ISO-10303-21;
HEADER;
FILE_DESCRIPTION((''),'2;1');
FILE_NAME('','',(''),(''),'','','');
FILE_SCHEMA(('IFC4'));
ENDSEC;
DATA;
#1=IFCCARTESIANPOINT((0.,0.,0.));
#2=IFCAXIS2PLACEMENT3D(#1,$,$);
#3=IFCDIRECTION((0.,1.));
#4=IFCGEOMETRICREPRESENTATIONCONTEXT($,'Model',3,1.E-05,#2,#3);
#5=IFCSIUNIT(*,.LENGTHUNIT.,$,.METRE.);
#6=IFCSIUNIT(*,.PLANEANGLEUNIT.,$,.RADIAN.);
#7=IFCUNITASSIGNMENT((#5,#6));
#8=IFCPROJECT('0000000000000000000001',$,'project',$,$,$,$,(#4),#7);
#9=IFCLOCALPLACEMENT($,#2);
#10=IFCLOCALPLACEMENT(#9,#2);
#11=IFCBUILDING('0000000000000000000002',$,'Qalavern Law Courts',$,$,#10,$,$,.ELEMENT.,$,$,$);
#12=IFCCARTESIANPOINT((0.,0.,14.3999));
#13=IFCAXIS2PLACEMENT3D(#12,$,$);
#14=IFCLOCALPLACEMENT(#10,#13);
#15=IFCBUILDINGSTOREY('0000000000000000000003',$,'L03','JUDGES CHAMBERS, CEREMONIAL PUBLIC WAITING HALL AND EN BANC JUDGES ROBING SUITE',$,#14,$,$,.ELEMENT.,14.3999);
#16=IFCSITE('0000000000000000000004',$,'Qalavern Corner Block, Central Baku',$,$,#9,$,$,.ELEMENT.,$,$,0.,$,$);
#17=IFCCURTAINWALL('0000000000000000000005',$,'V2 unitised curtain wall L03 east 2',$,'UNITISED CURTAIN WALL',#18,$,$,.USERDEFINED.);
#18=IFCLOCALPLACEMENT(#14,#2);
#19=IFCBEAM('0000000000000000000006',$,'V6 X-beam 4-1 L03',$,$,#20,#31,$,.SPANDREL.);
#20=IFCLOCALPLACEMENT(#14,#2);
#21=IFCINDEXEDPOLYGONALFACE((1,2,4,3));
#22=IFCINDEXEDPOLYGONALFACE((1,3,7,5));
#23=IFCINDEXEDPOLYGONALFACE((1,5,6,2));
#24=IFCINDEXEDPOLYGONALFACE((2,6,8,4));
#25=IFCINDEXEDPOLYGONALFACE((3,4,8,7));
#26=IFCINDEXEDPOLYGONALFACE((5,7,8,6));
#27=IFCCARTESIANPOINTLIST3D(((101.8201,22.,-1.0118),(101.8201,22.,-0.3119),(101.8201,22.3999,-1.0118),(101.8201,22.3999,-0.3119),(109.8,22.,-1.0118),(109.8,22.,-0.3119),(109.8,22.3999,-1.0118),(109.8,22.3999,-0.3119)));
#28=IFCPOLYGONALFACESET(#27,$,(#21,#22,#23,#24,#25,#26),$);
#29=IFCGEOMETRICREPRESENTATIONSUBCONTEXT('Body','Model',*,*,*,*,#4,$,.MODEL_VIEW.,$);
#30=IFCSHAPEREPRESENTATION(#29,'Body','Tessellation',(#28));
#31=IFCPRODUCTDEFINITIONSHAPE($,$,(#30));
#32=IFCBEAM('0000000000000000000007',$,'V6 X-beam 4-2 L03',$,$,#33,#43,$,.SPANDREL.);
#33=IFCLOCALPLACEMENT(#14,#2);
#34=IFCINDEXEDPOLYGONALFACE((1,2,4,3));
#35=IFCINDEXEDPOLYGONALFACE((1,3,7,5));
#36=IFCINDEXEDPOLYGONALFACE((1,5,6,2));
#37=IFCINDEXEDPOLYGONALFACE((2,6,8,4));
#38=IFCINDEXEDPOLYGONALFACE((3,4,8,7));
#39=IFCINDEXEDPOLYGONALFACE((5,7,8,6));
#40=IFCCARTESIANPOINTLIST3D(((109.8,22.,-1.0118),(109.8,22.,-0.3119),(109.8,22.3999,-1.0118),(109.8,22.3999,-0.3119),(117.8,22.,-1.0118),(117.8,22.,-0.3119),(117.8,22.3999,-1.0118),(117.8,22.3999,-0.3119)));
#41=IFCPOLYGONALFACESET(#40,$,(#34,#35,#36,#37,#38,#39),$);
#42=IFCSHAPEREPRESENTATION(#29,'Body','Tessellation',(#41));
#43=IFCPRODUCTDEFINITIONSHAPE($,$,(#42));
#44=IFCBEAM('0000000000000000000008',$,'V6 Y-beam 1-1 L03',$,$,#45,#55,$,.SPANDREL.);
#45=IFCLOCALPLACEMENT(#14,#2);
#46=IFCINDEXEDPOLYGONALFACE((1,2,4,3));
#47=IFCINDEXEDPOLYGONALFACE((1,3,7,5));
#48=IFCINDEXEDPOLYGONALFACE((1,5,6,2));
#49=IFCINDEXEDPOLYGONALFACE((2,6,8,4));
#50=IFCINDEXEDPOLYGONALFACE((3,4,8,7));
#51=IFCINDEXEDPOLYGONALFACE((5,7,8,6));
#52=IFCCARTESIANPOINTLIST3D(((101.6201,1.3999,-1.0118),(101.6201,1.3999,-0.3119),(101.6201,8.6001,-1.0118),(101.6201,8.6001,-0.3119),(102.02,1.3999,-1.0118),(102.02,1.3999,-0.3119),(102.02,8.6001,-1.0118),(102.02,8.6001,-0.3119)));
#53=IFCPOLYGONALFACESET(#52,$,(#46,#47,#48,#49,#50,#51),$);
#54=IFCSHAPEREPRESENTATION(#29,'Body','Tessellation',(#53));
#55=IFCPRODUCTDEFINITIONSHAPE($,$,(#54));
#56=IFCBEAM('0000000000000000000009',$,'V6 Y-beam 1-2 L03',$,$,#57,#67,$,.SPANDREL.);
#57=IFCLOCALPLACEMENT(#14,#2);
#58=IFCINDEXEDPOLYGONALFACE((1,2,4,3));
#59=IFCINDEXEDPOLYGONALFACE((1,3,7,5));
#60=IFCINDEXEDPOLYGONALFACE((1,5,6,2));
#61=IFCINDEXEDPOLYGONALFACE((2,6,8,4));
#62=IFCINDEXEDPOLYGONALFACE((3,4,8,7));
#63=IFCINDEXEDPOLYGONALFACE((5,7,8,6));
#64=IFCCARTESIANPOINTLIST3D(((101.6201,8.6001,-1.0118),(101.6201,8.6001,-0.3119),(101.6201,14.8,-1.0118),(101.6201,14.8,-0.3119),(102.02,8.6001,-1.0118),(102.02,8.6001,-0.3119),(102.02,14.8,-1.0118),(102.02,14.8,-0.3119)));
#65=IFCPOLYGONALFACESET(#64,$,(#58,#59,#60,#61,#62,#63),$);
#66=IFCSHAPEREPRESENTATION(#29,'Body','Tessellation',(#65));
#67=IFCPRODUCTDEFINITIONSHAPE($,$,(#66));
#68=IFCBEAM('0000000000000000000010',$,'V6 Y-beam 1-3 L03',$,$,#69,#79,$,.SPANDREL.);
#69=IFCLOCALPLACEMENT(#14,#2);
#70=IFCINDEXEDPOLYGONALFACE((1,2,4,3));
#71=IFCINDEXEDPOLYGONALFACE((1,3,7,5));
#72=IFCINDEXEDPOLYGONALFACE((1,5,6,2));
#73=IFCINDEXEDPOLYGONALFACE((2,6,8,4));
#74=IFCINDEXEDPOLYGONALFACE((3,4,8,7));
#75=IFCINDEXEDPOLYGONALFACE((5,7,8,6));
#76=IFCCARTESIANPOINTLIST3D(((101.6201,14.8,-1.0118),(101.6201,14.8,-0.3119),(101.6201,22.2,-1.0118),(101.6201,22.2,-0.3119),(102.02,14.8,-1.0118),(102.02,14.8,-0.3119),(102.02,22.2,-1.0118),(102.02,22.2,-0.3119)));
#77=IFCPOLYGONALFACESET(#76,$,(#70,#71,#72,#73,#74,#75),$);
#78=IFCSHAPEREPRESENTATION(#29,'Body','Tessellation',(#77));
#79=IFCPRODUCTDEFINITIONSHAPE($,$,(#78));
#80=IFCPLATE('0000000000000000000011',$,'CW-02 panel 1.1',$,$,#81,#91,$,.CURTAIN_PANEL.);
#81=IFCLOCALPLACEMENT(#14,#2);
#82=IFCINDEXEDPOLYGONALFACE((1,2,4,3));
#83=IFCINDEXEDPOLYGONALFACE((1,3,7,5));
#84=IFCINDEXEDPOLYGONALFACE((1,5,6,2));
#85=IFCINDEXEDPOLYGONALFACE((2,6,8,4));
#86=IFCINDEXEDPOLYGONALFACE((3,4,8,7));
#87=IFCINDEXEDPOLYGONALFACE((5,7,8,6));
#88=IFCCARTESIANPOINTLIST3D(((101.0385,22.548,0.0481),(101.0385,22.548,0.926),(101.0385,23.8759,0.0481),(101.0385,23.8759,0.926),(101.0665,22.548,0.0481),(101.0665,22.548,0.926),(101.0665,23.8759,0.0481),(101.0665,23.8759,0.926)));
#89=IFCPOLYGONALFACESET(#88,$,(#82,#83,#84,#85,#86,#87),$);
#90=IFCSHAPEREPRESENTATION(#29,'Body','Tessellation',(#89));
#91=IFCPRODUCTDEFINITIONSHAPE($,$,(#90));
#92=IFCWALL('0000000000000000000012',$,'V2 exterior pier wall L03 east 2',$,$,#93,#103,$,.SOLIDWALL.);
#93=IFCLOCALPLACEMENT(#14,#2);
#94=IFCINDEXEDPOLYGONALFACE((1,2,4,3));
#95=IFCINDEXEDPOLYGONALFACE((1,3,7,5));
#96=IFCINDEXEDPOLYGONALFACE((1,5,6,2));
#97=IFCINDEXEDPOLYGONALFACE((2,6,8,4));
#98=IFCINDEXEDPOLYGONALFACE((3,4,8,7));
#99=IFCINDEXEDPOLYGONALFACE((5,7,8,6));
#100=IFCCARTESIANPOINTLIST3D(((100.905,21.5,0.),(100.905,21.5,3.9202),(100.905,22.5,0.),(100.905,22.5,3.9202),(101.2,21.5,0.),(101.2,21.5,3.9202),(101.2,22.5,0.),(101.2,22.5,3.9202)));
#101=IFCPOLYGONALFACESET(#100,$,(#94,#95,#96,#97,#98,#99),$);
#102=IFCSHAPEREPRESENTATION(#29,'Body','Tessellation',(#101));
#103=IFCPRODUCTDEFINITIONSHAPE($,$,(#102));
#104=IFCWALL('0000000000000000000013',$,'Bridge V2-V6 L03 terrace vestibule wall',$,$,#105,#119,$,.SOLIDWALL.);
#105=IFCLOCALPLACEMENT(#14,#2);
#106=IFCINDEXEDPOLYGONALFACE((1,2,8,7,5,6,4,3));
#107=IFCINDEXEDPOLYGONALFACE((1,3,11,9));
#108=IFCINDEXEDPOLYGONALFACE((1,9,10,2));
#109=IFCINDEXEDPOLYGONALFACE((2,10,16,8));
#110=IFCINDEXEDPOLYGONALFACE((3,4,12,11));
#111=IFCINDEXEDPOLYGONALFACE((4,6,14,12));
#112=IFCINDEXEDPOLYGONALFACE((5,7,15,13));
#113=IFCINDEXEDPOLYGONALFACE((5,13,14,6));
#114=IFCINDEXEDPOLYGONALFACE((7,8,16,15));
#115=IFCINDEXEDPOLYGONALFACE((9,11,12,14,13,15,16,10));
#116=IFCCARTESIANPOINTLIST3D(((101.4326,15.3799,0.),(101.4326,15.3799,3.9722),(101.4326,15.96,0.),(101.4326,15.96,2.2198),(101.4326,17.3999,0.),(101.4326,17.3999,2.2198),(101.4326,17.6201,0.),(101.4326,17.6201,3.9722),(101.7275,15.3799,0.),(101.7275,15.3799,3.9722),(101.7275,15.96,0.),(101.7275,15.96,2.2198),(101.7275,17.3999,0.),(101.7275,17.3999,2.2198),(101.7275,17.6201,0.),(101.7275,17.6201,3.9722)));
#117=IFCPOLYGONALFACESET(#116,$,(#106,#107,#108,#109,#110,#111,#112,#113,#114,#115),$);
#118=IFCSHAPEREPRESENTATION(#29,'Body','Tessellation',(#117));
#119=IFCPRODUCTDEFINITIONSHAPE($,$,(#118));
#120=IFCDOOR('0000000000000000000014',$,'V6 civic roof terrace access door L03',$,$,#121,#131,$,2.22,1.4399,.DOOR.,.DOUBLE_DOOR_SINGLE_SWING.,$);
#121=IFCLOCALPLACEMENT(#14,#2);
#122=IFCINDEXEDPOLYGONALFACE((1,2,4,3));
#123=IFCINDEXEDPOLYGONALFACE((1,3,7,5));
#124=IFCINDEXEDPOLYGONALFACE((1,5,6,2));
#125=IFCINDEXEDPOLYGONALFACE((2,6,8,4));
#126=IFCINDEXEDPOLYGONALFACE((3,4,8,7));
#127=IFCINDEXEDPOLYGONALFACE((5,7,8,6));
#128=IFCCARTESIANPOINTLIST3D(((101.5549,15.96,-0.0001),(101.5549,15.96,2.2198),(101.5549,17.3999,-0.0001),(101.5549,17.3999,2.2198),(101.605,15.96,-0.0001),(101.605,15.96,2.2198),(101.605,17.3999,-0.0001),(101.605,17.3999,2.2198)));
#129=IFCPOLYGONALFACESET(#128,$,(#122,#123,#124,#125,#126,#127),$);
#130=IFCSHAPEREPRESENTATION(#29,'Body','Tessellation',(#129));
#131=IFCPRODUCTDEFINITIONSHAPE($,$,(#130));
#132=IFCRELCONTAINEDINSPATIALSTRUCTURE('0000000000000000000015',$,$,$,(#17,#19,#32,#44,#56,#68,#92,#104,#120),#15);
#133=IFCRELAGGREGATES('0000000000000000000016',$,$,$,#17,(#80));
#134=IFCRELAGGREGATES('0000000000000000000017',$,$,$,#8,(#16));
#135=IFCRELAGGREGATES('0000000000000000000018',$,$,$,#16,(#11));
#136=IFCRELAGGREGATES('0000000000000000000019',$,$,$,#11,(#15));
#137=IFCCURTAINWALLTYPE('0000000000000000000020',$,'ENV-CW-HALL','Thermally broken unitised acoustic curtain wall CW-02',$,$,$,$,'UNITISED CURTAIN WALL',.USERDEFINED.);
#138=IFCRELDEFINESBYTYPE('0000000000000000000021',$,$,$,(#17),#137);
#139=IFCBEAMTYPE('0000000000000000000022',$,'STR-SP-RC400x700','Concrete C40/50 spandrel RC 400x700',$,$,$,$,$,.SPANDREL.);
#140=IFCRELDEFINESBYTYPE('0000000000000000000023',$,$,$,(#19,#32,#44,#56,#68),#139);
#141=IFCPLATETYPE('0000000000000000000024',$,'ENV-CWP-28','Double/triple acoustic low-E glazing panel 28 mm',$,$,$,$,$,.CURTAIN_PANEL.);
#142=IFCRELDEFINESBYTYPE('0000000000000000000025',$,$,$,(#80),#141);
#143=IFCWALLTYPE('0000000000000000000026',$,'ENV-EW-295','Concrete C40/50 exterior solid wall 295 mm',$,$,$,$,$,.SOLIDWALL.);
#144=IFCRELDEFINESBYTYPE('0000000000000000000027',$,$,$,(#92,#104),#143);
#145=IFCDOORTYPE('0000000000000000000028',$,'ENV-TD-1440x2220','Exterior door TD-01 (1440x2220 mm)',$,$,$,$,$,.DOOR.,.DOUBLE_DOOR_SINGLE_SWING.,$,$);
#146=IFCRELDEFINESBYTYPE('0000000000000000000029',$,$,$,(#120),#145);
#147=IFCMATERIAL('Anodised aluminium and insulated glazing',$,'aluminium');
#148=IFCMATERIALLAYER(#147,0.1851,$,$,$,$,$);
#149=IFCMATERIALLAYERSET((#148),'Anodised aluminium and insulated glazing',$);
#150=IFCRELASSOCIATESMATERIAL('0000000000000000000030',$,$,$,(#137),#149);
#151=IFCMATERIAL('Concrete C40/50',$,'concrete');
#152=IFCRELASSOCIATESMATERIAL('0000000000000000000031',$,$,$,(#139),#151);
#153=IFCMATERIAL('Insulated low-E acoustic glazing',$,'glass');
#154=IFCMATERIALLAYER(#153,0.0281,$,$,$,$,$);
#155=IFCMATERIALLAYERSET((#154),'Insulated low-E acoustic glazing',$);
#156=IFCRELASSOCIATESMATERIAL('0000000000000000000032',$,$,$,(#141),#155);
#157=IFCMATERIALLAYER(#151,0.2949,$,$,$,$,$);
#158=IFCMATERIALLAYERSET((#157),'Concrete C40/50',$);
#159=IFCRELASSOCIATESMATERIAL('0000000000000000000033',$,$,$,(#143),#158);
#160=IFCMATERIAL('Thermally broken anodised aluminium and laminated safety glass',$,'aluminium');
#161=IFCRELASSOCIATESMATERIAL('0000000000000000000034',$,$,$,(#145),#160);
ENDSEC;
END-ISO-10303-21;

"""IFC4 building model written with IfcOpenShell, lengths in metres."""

from ifc_helpers import new_model, si_unit, direction, frame, frame_2d, origin, origin_2d, place, context, subcontext, project, spatial, rectangle, extrude, material, layer, layer_set, material_profile, profile_set, type_object, element, fill, aggregate, save


model = new_model("IFC4")

# Units and contexts
model_context = context("Model", 3, precision=1e-05, world=origin(), true_north=direction((0.0, 1.0)))
body_context = subcontext(model_context, "Body", "Model", "MODEL_VIEW")
ifc_project = project(units=[si_unit("LENGTHUNIT", "METRE"), si_unit("PLANEANGLEUNIT", "RADIAN")], contexts=[model_context])

# Site, building, storey
site_placement = place(None, origin())
site = spatial("IfcSite", under=ifc_project, at=site_placement, Name="Qalavern Corner Block, Central Baku", CompositionType="ELEMENT", RefElevation=0.0)
building_placement = place(site_placement, origin())
building = spatial("IfcBuilding", under=site, at=building_placement, Name="Qalavern Law Courts", CompositionType="ELEMENT")
storey_placement = place(building_placement, frame((0.0, 0.0, 14.3999)))
storey = spatial("IfcBuildingStorey", under=building, at=storey_placement, Name="L03", Description="JUDGES CHAMBERS, CEREMONIAL PUBLIC WAITING HALL AND EN BANC JUDGES ROBING SUITE", CompositionType="ELEMENT", Elevation=14.3999)

# Curtain wall
ifc_material_1 = material(Name="Anodised aluminium and insulated glazing", Category="aluminium")
ifc_layer_1 = layer(ifc_material_1, 0.1851)
ifc_layer_set_1 = layer_set([ifc_layer_1], Name="Anodised aluminium and insulated glazing")
curtain_wall_type = type_object("IfcCurtainWallType", Name="ENV-CW-HALL", Description="Thermally broken unitised acoustic curtain wall CW-02", ElementType="UNITISED CURTAIN WALL", PredefinedType="USERDEFINED", material=ifc_layer_set_1)
curtain_wall_placement = place(storey_placement, origin())
curtain_wall = element("IfcCurtainWall", 1, at=curtain_wall_placement, inside=storey, type_object=curtain_wall_type, Name="V2 unitised curtain wall L03 east 2", ObjectType="UNITISED CURTAIN WALL", PredefinedType="USERDEFINED")

# Beams
ifc_material_2 = material(Name="Concrete C40/50", Category="concrete")
ifc_material_profile_1 = material_profile(ifc_material_2, rectangle(XDim=0.3999, YDim=0.7, at=origin_2d()), Name="RC 400x700")
ifc_profile_set_1 = profile_set([ifc_material_profile_1], Name="Concrete C40/50")
beam_type_1 = type_object("IfcBeamType", Name="STR-SP-RC400x700", Description="Concrete C40/50 spandrel RC 400x700", PredefinedType="SPANDREL", material=ifc_profile_set_1)
beam_1_placement = place(storey_placement, frame((101.8201, 22.2, -0.6619), z_axis=(1.0, 0.0, 0.0), x_axis=(0.0, 1.0, 0.0)))
element("IfcBeam", 2, at=beam_1_placement, inside=storey, type_object=beam_type_1, Name="V6 X-beam 4-1 L03", PredefinedType="SPANDREL", context=body_context, shape_type="SweptSolid", body=[
    extrude(rectangle(XDim=0.3999, YDim=0.7, at=origin_2d()), origin(), (0.0, 0.0, 1.0), 7.98),
])
beam_2_placement = place(storey_placement, frame((109.8, 22.2, -0.6619), z_axis=(1.0, 0.0, 0.0), x_axis=(0.0, 1.0, 0.0)))
element("IfcBeam", 3, at=beam_2_placement, inside=storey, type_object=beam_type_1, Name="V6 X-beam 4-2 L03", PredefinedType="SPANDREL", context=body_context, shape_type="SweptSolid", body=[
    extrude(rectangle(XDim=0.3999, YDim=0.7, at=origin_2d()), origin(), (0.0, 0.0, 1.0), 8.0),
])
beam_3_placement = place(storey_placement, frame((101.8201, 1.3999, -0.6619), z_axis=(0.0, 1.0, 0.0), x_axis=(-1.0, 0.0, 0.0)))
element("IfcBeam", 4, at=beam_3_placement, inside=storey, type_object=beam_type_1, Name="V6 Y-beam 1-1 L03", PredefinedType="SPANDREL", context=body_context, shape_type="SweptSolid", body=[
    extrude(rectangle(XDim=0.3999, YDim=0.7, at=origin_2d()), origin(), (0.0, 0.0, 1.0), 7.2002),
])
beam_4_placement = place(storey_placement, frame((101.8201, 8.6001, -0.6619), z_axis=(0.0, 1.0, 0.0), x_axis=(-1.0, 0.0, 0.0)))
element("IfcBeam", 5, at=beam_4_placement, inside=storey, type_object=beam_type_1, Name="V6 Y-beam 1-2 L03", PredefinedType="SPANDREL", context=body_context, shape_type="SweptSolid", body=[
    extrude(rectangle(XDim=0.3999, YDim=0.7, at=origin_2d()), origin(), (0.0, 0.0, 1.0), 6.2),
])
beam_5_placement = place(storey_placement, frame((101.8201, 14.8, -0.6619), z_axis=(0.0, 1.0, 0.0), x_axis=(-1.0, 0.0, 0.0)))
element("IfcBeam", 6, at=beam_5_placement, inside=storey, type_object=beam_type_1, Name="V6 Y-beam 1-3 L03", PredefinedType="SPANDREL", context=body_context, shape_type="SweptSolid", body=[
    extrude(rectangle(XDim=0.3999, YDim=0.7, at=origin_2d()), origin(), (0.0, 0.0, 1.0), 7.3999),
])

# Plate
ifc_material_3 = material(Name="Insulated low-E acoustic glazing", Category="glass")
ifc_layer_2 = layer(ifc_material_3, 0.0281)
ifc_layer_set_2 = layer_set([ifc_layer_2], Name="Insulated low-E acoustic glazing")
plate_type = type_object("IfcPlateType", Name="ENV-CWP-28", Description="Double/triple acoustic low-E glazing panel 28 mm", PredefinedType="CURTAIN_PANEL", material=ifc_layer_set_2)
plate_placement = place(storey_placement, frame((101.0525, 23.2119, 0.0481), z_axis=(0.0, 0.0, 1.0), x_axis=(0.0, 1.0, 0.0)))
plate = element("IfcPlate", 7, at=plate_placement, type_object=plate_type, Name="CW-02 panel 1.1", PredefinedType="CURTAIN_PANEL", context=body_context, shape_type="SweptSolid", body=[
    extrude(rectangle(XDim=1.3279, YDim=0.0281, at=origin_2d()), origin(), (0.0, 0.0, 1.0), 0.8779),
])
aggregate(curtain_wall, [plate])

# Wall
ifc_layer_3 = layer(ifc_material_2, 0.2949)
ifc_layer_set_3 = layer_set([ifc_layer_3], Name="Concrete C40/50")
wall_type = type_object("IfcWallType", Name="ENV-EW-295", Description="Concrete C40/50 exterior solid wall 295 mm", PredefinedType="SOLIDWALL", material=ifc_layer_set_3)
wall_1_placement = place(storey_placement, frame((101.0525, 21.5, 0.0), z_axis=(0.0, 0.0, 1.0), x_axis=(0.0, 1.0, 0.0)))
element("IfcWall", 8, at=wall_1_placement, inside=storey, type_object=wall_type, Name="V2 exterior pier wall L03 east 2", PredefinedType="SOLIDWALL", context=body_context, shape_type="SweptSolid", body=[
    extrude(rectangle(XDim=1.0, YDim=0.2949, at=frame_2d((0.5, 0.0))), origin(), (0.0, 0.0, 1.0), 3.9202),
])

# Wall, opening, door
wall_2_placement = place(storey_placement, frame((101.5801, 15.3799, 0.0), z_axis=(0.0, 0.0, 1.0), x_axis=(0.0, 1.0, 0.0)))
wall_2 = element("IfcWall", 9, at=wall_2_placement, inside=storey, type_object=wall_type, Name="Bridge V2-V6 L03 terrace vestibule wall", PredefinedType="SOLIDWALL", context=body_context, shape_type="SweptSolid", body=[
    extrude(rectangle(XDim=2.2402, YDim=0.2949, at=frame_2d((1.1201, 0.0))), origin(), (0.0, 0.0, 1.0), 3.9722),
])
opening_placement = place(wall_2_placement, frame((0.5801, 0.0, 0.0)))
opening = element("IfcOpeningElement", 10, at=opening_placement, cuts=wall_2, PredefinedType="OPENING", context=body_context, shape_type="SweptSolid", body=[
    extrude(rectangle(XDim=1.4399, YDim=2.22, at=frame_2d((0.72, 1.1099))), frame((0.0, 0.1624, 0.0), z_axis=(0.0, -1.0, 0.0), x_axis=(1.0, 0.0, 0.0)), (0.0, 0.0, 1.0), 0.3247),
])
ifc_material_4 = material(Name="Thermally broken anodised aluminium and laminated safety glass", Category="aluminium")
door_type = type_object("IfcDoorType", Name="ENV-TD-1440x2220", Description="Exterior door TD-01 (1440x2220 mm)", OperationType="DOUBLE_DOOR_SINGLE_SWING", PredefinedType="DOOR", material=ifc_material_4)
door_placement = place(opening_placement, frame((1.4399, 0.0, 0.0), z_axis=(0.0, 0.0, 1.0), x_axis=(-1.0, 0.0, 0.0)))
door = element("IfcDoor", 11, at=door_placement, inside=storey, type_object=door_type, Name="V6 civic roof terrace access door L03", OperationType="DOUBLE_DOOR_SINGLE_SWING", OverallHeight=2.22, OverallWidth=1.4399, PredefinedType="DOOR", context=body_context, shape_type="SweptSolid", body=[
    extrude(rectangle(XDim=1.4399, YDim=2.22, at=frame_2d((0.72, 1.1099))), frame((0.0, 0.0249, 0.0), z_axis=(0.0, -1.0, 0.0), x_axis=(1.0, 0.0, 0.0)), (0.0, 0.0, 1.0), 0.05),
])
fill(opening, door)

save(model, "model.ifc")
